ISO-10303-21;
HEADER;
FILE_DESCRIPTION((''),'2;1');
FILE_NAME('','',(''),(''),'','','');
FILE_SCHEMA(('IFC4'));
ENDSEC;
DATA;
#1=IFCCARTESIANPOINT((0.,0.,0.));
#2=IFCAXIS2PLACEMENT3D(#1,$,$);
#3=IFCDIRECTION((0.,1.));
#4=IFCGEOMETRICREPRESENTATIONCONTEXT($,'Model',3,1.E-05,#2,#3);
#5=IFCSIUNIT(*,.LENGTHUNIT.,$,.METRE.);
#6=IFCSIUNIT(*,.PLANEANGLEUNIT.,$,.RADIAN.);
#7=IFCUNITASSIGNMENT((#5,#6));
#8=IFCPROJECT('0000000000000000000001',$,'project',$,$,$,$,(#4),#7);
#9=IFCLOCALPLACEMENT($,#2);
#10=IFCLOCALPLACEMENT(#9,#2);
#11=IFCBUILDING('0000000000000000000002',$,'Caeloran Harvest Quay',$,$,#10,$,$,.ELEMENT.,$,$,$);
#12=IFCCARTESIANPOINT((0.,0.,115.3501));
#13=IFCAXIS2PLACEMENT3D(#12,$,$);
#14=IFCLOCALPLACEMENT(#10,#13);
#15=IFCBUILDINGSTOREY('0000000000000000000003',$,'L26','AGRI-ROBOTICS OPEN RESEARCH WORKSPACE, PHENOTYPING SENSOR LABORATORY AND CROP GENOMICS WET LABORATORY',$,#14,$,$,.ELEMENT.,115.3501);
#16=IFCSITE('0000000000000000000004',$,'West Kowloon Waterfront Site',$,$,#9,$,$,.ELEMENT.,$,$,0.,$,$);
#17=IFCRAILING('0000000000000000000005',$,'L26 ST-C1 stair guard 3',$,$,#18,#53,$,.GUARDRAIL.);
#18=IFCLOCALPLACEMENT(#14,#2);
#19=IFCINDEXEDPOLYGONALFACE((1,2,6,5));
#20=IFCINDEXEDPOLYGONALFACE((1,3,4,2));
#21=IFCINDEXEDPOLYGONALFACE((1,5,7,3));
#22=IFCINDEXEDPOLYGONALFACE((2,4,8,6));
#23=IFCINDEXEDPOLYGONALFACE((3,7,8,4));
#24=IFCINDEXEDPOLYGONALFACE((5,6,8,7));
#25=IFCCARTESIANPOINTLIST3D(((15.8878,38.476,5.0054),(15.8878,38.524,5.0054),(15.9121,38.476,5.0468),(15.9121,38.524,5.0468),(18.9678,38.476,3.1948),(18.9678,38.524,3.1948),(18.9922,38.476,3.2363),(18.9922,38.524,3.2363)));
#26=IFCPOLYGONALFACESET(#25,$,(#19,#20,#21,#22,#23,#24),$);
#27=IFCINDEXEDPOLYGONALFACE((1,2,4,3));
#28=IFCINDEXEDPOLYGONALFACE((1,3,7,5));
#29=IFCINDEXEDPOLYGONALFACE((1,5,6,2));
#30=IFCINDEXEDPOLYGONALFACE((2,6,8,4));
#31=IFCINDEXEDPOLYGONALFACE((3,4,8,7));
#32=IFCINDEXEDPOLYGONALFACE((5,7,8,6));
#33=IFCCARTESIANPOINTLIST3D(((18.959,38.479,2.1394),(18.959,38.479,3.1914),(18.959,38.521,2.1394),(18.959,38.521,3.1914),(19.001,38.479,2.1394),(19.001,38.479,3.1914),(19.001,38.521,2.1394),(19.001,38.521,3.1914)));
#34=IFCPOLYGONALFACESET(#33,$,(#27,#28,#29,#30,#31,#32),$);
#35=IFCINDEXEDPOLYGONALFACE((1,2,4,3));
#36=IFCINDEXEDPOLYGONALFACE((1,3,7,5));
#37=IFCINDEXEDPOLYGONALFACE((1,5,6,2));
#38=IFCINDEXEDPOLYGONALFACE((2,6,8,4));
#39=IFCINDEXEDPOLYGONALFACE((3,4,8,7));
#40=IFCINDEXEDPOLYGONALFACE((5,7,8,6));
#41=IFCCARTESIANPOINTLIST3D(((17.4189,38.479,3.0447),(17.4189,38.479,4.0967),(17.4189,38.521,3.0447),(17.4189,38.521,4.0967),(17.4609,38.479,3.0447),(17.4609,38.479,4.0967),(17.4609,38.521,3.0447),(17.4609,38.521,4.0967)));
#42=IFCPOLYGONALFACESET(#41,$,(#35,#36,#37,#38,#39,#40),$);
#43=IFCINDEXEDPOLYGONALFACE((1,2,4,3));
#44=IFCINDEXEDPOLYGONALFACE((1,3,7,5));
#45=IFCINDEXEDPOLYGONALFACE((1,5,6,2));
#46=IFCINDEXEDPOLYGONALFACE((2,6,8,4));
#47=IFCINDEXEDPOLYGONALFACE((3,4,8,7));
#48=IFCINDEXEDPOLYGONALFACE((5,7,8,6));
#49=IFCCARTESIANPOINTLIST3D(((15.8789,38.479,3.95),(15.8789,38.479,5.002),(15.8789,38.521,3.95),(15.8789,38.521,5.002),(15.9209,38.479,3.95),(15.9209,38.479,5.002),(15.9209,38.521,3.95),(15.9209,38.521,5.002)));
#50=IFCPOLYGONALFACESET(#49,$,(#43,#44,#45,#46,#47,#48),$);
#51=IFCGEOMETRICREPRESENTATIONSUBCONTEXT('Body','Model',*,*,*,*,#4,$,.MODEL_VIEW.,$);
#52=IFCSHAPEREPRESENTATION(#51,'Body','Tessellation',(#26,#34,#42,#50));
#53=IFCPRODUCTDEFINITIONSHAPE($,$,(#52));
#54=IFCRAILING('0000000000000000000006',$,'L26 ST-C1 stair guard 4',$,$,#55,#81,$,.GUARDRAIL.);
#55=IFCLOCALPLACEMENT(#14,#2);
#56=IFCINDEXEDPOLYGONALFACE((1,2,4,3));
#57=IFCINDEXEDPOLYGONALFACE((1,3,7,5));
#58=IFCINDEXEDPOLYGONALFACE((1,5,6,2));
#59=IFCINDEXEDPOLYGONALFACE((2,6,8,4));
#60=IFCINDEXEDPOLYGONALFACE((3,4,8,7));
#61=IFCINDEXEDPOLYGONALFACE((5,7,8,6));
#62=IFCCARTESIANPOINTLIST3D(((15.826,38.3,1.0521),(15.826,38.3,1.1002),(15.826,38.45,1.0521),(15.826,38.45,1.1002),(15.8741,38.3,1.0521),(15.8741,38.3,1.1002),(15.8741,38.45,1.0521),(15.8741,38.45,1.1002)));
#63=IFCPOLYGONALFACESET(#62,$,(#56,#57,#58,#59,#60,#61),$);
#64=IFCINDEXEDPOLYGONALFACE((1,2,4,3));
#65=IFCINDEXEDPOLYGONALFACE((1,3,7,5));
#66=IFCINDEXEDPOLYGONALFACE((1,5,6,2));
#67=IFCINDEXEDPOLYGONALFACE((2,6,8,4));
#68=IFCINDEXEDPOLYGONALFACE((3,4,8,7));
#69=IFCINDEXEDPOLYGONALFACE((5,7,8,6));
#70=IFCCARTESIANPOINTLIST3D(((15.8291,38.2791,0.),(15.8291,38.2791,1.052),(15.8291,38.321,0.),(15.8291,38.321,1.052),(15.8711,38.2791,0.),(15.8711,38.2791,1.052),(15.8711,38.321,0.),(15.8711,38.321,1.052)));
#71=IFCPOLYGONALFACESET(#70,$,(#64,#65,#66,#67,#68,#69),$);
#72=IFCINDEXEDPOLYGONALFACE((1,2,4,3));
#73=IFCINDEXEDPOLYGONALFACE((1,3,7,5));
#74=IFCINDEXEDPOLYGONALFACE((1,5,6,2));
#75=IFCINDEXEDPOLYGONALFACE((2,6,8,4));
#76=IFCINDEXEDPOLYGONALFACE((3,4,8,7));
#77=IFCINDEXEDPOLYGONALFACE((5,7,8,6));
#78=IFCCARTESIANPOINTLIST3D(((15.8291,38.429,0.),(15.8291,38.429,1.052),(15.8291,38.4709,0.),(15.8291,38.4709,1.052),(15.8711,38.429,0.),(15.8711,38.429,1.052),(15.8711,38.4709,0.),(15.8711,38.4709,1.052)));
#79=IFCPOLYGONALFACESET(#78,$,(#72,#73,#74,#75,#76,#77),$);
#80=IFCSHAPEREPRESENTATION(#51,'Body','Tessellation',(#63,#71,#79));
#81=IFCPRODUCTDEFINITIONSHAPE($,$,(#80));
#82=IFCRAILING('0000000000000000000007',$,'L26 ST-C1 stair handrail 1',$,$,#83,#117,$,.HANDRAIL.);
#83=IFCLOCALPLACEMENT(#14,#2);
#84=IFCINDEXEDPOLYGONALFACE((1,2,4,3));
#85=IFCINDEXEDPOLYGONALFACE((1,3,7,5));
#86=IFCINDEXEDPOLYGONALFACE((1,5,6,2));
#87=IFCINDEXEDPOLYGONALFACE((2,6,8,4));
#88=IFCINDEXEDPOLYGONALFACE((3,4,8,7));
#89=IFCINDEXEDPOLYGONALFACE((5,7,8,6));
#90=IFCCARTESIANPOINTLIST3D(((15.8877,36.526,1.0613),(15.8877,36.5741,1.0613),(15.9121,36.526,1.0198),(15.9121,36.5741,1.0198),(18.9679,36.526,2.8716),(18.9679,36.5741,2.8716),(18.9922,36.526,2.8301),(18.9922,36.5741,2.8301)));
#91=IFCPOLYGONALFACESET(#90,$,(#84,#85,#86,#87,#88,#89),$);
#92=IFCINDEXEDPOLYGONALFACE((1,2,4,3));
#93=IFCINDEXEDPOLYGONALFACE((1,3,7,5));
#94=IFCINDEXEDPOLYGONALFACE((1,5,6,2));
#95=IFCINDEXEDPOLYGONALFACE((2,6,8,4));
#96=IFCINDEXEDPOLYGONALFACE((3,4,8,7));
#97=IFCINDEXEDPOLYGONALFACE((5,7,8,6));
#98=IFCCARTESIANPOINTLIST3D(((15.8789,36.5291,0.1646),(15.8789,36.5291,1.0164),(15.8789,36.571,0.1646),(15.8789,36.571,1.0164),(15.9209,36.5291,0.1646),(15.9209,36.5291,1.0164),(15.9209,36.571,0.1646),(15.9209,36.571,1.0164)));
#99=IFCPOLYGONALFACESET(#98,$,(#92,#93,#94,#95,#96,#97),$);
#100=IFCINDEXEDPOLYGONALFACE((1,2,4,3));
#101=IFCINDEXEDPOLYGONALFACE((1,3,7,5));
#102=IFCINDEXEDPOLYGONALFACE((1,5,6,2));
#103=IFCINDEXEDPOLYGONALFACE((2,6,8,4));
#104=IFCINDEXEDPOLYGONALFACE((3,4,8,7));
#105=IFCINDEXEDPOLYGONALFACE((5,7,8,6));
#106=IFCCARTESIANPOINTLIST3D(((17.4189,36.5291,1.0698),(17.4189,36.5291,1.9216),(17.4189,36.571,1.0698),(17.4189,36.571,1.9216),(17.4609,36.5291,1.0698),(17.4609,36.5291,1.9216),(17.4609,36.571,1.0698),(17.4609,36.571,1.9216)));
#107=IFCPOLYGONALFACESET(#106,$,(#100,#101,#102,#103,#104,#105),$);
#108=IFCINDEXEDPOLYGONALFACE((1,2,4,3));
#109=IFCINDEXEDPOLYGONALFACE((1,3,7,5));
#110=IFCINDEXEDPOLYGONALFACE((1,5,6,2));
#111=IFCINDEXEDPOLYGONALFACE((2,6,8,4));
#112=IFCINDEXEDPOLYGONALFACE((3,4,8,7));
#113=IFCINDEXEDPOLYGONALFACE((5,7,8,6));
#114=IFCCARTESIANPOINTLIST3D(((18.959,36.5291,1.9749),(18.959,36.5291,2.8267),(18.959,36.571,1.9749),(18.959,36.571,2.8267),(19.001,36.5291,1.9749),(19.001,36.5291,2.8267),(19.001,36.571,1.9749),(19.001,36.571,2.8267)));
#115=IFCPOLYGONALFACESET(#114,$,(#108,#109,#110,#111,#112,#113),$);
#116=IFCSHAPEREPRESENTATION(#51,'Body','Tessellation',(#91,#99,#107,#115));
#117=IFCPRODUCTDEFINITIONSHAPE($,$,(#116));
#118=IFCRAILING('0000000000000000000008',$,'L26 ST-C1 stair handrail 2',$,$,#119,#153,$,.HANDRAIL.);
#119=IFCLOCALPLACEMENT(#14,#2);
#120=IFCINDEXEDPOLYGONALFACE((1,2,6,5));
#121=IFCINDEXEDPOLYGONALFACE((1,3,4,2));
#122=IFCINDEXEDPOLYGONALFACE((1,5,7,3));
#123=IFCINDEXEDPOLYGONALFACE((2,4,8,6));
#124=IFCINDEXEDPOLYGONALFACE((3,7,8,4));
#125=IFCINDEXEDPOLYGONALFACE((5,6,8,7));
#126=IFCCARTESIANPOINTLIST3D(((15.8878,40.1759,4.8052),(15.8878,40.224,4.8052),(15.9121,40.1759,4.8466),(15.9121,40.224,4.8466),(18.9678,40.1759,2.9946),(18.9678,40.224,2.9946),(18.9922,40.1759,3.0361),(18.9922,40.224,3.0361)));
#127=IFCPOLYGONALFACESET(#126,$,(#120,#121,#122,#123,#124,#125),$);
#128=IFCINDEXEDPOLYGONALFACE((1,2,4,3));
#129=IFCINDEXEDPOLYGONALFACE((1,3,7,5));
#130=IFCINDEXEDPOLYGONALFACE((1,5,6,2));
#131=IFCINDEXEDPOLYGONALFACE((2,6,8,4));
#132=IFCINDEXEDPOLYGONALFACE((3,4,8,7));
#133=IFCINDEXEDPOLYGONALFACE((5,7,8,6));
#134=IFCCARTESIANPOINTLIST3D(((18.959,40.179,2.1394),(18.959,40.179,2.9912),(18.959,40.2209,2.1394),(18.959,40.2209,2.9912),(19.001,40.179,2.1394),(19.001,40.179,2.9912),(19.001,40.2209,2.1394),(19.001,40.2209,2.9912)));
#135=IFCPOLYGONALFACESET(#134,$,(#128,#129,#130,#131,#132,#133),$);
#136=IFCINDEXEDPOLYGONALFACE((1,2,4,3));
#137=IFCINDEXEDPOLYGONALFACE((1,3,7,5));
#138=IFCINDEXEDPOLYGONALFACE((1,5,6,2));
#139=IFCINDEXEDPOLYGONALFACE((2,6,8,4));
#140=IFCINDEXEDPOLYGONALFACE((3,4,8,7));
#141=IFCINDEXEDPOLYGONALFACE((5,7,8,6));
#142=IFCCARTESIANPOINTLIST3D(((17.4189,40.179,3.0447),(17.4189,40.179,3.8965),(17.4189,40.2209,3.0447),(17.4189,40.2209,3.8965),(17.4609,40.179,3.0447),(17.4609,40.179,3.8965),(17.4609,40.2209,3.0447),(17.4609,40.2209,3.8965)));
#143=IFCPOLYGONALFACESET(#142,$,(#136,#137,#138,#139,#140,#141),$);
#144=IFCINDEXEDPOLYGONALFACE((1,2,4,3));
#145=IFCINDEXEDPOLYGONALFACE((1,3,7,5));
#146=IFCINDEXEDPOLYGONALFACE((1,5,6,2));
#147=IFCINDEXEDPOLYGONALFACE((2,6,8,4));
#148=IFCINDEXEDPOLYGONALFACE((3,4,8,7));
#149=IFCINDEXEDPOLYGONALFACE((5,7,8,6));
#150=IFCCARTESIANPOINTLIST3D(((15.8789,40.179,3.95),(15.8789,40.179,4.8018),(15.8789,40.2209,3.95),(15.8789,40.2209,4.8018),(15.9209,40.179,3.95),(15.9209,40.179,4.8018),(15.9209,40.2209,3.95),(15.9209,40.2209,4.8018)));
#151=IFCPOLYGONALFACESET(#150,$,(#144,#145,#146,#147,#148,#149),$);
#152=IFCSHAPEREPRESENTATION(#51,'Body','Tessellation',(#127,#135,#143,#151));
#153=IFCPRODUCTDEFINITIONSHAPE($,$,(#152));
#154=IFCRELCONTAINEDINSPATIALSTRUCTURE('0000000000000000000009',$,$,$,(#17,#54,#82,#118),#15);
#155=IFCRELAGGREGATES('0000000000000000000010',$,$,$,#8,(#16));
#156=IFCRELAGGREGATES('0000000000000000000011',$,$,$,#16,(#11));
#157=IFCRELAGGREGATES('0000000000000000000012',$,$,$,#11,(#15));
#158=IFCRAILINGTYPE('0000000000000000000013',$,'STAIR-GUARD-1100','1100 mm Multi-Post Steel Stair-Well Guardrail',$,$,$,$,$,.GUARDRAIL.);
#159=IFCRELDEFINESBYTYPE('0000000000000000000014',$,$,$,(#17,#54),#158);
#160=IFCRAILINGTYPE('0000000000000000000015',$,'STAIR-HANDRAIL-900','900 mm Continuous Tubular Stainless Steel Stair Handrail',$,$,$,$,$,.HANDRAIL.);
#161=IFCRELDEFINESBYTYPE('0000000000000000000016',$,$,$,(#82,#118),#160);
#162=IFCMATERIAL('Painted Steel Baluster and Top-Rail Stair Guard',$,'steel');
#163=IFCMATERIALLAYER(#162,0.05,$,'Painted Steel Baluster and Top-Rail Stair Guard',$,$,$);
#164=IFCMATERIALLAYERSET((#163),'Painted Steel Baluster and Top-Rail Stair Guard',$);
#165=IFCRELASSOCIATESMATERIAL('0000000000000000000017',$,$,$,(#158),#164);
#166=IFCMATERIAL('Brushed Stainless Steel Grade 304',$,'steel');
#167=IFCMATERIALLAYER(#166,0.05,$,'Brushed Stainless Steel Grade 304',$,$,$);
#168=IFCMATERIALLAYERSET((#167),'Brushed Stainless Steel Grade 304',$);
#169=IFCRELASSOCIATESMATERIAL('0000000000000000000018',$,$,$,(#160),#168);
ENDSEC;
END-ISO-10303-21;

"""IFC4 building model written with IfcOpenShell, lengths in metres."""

from ifc_helpers import new_model, si_unit, direction, frame, origin, origin_2d, place, context, subcontext, project, spatial, rectangle, extrude, material, layer, layer_set, type_object, element, save


model = new_model("IFC4")

# Units and contexts
model_context = context("Model", 3, precision=1e-05, world=origin(), true_north=direction((0.0, 1.0)))
body_context = subcontext(model_context, "Body", "Model", "MODEL_VIEW")
ifc_project = project(units=[si_unit("LENGTHUNIT", "METRE"), si_unit("PLANEANGLEUNIT", "RADIAN")], contexts=[model_context])

# Site, building, storey
site_placement = place(None, origin())
site = spatial("IfcSite", under=ifc_project, at=site_placement, Name="West Kowloon Waterfront Site", CompositionType="ELEMENT", RefElevation=0.0)
building_placement = place(site_placement, origin())
building = spatial("IfcBuilding", under=site, at=building_placement, Name="Caeloran Harvest Quay", CompositionType="ELEMENT")
storey_placement = place(building_placement, frame((0.0, 0.0, 115.3501)))
storey = spatial("IfcBuildingStorey", under=building, at=storey_placement, Name="L26", Description="AGRI-ROBOTICS OPEN RESEARCH WORKSPACE, PHENOTYPING SENSOR LABORATORY AND CROP GENOMICS WET LABORATORY", CompositionType="ELEMENT", Elevation=115.3501)

# Railings
ifc_material_1 = material(Name="Painted Steel Baluster and Top-Rail Stair Guard", Category="steel")
ifc_layer_1 = layer(ifc_material_1, 0.05, Name="Painted Steel Baluster and Top-Rail Stair Guard")
ifc_layer_set_1 = layer_set([ifc_layer_1], Name="Painted Steel Baluster and Top-Rail Stair Guard")
railing_type_1 = type_object("IfcRailingType", Name="STAIR-GUARD-1100", Description="1100 mm Multi-Post Steel Stair-Well Guardrail", PredefinedType="GUARDRAIL", material=ifc_layer_set_1)
railing_1_placement = place(storey_placement, frame((18.98, 38.5, 2.1394)))
element("IfcRailing", 1, at=railing_1_placement, inside=storey, type_object=railing_type_1, Name="L26 ST-C1 stair guard 3", PredefinedType="GUARDRAIL", context=body_context, shape_type="SweptSolid", body=[
    extrude(rectangle(XDim=0.0481, YDim=0.0481, at=origin_2d()), frame((0.0, 0.0, 1.0762), z_axis=(-0.862089, 0.0, 0.506757), x_axis=(0.0, -1.0, 0.0)), (0.0, 0.0, 1.0), 3.5728),
    extrude(rectangle(XDim=0.042, YDim=0.042, at=origin_2d()), origin(), (0.0, 0.0, 1.0), 1.052),
    extrude(rectangle(XDim=0.042, YDim=0.042, at=origin_2d()), frame((-1.54, 0.0, 0.9053)), (0.0, 0.0, 1.0), 1.052),
    extrude(rectangle(XDim=0.042, YDim=0.042, at=origin_2d()), frame((-3.0801, 0.0, 1.8105)), (0.0, 0.0, 1.0), 1.052),
])
railing_2_placement = place(storey_placement, frame((15.8501, 38.3, 0.0)))
element("IfcRailing", 2, at=railing_2_placement, inside=storey, type_object=railing_type_1, Name="L26 ST-C1 stair guard 4", PredefinedType="GUARDRAIL", context=body_context, shape_type="SweptSolid", body=[
    extrude(rectangle(XDim=0.0481, YDim=0.0481, at=origin_2d()), frame((0.0, 0.0, 1.0762), z_axis=(0.0, 1.0, 0.0), x_axis=(-1.0, 0.0, 0.0)), (0.0, 0.0, 1.0), 0.1499),
    extrude(rectangle(XDim=0.042, YDim=0.042, at=origin_2d()), origin(), (0.0, 0.0, 1.0), 1.052),
    extrude(rectangle(XDim=0.042, YDim=0.042, at=origin_2d()), frame((0.0, 0.1499, 0.0)), (0.0, 0.0, 1.0), 1.052),
])
ifc_material_2 = material(Name="Brushed Stainless Steel Grade 304", Category="steel")
ifc_layer_2 = layer(ifc_material_2, 0.05, Name="Brushed Stainless Steel Grade 304")
ifc_layer_set_2 = layer_set([ifc_layer_2], Name="Brushed Stainless Steel Grade 304")
railing_type_2 = type_object("IfcRailingType", Name="STAIR-HANDRAIL-900", Description="900 mm Continuous Tubular Stainless Steel Stair Handrail", PredefinedType="HANDRAIL", material=ifc_layer_set_2)
railing_3_placement = place(storey_placement, frame((15.8999, 36.55, 0.1646)))
element("IfcRailing", 3, at=railing_3_placement, inside=storey, type_object=railing_type_2, Name="L26 ST-C1 stair handrail 1", PredefinedType="HANDRAIL", context=body_context, shape_type="SweptSolid", body=[
    extrude(rectangle(XDim=0.0481, YDim=0.0481, at=origin_2d()), frame((0.0, 0.0, 0.876), z_axis=(0.862119, 0.0, 0.506707), x_axis=(0.0, 1.0, 0.0)), (0.0, 0.0, 1.0), 3.5728),
    extrude(rectangle(XDim=0.042, YDim=0.042, at=origin_2d()), origin(), (0.0, 0.0, 1.0), 0.8518),
    extrude(rectangle(XDim=0.042, YDim=0.042, at=origin_2d()), frame((1.54, 0.0, 0.9053)), (0.0, 0.0, 1.0), 0.8518),
    extrude(rectangle(XDim=0.042, YDim=0.042, at=origin_2d()), frame((3.0801, 0.0, 1.8103)), (0.0, 0.0, 1.0), 0.8518),
])
railing_4_placement = place(storey_placement, frame((18.98, 40.2, 2.1394)))
element("IfcRailing", 4, at=railing_4_placement, inside=storey, type_object=railing_type_2, Name="L26 ST-C1 stair handrail 2", PredefinedType="HANDRAIL", context=body_context, shape_type="SweptSolid", body=[
    extrude(rectangle(XDim=0.0481, YDim=0.0481, at=origin_2d()), frame((0.0, 0.0, 0.876), z_axis=(-0.862089, 0.0, 0.506757), x_axis=(0.0, -1.0, 0.0)), (0.0, 0.0, 1.0), 3.5728),
    extrude(rectangle(XDim=0.042, YDim=0.042, at=origin_2d()), origin(), (0.0, 0.0, 1.0), 0.8518),
    extrude(rectangle(XDim=0.042, YDim=0.042, at=origin_2d()), frame((-1.54, 0.0, 0.9053)), (0.0, 0.0, 1.0), 0.8518),
    extrude(rectangle(XDim=0.042, YDim=0.042, at=origin_2d()), frame((-3.0801, 0.0, 1.8105)), (0.0, 0.0, 1.0), 0.8518),
])

save(model, "model.ifc")
